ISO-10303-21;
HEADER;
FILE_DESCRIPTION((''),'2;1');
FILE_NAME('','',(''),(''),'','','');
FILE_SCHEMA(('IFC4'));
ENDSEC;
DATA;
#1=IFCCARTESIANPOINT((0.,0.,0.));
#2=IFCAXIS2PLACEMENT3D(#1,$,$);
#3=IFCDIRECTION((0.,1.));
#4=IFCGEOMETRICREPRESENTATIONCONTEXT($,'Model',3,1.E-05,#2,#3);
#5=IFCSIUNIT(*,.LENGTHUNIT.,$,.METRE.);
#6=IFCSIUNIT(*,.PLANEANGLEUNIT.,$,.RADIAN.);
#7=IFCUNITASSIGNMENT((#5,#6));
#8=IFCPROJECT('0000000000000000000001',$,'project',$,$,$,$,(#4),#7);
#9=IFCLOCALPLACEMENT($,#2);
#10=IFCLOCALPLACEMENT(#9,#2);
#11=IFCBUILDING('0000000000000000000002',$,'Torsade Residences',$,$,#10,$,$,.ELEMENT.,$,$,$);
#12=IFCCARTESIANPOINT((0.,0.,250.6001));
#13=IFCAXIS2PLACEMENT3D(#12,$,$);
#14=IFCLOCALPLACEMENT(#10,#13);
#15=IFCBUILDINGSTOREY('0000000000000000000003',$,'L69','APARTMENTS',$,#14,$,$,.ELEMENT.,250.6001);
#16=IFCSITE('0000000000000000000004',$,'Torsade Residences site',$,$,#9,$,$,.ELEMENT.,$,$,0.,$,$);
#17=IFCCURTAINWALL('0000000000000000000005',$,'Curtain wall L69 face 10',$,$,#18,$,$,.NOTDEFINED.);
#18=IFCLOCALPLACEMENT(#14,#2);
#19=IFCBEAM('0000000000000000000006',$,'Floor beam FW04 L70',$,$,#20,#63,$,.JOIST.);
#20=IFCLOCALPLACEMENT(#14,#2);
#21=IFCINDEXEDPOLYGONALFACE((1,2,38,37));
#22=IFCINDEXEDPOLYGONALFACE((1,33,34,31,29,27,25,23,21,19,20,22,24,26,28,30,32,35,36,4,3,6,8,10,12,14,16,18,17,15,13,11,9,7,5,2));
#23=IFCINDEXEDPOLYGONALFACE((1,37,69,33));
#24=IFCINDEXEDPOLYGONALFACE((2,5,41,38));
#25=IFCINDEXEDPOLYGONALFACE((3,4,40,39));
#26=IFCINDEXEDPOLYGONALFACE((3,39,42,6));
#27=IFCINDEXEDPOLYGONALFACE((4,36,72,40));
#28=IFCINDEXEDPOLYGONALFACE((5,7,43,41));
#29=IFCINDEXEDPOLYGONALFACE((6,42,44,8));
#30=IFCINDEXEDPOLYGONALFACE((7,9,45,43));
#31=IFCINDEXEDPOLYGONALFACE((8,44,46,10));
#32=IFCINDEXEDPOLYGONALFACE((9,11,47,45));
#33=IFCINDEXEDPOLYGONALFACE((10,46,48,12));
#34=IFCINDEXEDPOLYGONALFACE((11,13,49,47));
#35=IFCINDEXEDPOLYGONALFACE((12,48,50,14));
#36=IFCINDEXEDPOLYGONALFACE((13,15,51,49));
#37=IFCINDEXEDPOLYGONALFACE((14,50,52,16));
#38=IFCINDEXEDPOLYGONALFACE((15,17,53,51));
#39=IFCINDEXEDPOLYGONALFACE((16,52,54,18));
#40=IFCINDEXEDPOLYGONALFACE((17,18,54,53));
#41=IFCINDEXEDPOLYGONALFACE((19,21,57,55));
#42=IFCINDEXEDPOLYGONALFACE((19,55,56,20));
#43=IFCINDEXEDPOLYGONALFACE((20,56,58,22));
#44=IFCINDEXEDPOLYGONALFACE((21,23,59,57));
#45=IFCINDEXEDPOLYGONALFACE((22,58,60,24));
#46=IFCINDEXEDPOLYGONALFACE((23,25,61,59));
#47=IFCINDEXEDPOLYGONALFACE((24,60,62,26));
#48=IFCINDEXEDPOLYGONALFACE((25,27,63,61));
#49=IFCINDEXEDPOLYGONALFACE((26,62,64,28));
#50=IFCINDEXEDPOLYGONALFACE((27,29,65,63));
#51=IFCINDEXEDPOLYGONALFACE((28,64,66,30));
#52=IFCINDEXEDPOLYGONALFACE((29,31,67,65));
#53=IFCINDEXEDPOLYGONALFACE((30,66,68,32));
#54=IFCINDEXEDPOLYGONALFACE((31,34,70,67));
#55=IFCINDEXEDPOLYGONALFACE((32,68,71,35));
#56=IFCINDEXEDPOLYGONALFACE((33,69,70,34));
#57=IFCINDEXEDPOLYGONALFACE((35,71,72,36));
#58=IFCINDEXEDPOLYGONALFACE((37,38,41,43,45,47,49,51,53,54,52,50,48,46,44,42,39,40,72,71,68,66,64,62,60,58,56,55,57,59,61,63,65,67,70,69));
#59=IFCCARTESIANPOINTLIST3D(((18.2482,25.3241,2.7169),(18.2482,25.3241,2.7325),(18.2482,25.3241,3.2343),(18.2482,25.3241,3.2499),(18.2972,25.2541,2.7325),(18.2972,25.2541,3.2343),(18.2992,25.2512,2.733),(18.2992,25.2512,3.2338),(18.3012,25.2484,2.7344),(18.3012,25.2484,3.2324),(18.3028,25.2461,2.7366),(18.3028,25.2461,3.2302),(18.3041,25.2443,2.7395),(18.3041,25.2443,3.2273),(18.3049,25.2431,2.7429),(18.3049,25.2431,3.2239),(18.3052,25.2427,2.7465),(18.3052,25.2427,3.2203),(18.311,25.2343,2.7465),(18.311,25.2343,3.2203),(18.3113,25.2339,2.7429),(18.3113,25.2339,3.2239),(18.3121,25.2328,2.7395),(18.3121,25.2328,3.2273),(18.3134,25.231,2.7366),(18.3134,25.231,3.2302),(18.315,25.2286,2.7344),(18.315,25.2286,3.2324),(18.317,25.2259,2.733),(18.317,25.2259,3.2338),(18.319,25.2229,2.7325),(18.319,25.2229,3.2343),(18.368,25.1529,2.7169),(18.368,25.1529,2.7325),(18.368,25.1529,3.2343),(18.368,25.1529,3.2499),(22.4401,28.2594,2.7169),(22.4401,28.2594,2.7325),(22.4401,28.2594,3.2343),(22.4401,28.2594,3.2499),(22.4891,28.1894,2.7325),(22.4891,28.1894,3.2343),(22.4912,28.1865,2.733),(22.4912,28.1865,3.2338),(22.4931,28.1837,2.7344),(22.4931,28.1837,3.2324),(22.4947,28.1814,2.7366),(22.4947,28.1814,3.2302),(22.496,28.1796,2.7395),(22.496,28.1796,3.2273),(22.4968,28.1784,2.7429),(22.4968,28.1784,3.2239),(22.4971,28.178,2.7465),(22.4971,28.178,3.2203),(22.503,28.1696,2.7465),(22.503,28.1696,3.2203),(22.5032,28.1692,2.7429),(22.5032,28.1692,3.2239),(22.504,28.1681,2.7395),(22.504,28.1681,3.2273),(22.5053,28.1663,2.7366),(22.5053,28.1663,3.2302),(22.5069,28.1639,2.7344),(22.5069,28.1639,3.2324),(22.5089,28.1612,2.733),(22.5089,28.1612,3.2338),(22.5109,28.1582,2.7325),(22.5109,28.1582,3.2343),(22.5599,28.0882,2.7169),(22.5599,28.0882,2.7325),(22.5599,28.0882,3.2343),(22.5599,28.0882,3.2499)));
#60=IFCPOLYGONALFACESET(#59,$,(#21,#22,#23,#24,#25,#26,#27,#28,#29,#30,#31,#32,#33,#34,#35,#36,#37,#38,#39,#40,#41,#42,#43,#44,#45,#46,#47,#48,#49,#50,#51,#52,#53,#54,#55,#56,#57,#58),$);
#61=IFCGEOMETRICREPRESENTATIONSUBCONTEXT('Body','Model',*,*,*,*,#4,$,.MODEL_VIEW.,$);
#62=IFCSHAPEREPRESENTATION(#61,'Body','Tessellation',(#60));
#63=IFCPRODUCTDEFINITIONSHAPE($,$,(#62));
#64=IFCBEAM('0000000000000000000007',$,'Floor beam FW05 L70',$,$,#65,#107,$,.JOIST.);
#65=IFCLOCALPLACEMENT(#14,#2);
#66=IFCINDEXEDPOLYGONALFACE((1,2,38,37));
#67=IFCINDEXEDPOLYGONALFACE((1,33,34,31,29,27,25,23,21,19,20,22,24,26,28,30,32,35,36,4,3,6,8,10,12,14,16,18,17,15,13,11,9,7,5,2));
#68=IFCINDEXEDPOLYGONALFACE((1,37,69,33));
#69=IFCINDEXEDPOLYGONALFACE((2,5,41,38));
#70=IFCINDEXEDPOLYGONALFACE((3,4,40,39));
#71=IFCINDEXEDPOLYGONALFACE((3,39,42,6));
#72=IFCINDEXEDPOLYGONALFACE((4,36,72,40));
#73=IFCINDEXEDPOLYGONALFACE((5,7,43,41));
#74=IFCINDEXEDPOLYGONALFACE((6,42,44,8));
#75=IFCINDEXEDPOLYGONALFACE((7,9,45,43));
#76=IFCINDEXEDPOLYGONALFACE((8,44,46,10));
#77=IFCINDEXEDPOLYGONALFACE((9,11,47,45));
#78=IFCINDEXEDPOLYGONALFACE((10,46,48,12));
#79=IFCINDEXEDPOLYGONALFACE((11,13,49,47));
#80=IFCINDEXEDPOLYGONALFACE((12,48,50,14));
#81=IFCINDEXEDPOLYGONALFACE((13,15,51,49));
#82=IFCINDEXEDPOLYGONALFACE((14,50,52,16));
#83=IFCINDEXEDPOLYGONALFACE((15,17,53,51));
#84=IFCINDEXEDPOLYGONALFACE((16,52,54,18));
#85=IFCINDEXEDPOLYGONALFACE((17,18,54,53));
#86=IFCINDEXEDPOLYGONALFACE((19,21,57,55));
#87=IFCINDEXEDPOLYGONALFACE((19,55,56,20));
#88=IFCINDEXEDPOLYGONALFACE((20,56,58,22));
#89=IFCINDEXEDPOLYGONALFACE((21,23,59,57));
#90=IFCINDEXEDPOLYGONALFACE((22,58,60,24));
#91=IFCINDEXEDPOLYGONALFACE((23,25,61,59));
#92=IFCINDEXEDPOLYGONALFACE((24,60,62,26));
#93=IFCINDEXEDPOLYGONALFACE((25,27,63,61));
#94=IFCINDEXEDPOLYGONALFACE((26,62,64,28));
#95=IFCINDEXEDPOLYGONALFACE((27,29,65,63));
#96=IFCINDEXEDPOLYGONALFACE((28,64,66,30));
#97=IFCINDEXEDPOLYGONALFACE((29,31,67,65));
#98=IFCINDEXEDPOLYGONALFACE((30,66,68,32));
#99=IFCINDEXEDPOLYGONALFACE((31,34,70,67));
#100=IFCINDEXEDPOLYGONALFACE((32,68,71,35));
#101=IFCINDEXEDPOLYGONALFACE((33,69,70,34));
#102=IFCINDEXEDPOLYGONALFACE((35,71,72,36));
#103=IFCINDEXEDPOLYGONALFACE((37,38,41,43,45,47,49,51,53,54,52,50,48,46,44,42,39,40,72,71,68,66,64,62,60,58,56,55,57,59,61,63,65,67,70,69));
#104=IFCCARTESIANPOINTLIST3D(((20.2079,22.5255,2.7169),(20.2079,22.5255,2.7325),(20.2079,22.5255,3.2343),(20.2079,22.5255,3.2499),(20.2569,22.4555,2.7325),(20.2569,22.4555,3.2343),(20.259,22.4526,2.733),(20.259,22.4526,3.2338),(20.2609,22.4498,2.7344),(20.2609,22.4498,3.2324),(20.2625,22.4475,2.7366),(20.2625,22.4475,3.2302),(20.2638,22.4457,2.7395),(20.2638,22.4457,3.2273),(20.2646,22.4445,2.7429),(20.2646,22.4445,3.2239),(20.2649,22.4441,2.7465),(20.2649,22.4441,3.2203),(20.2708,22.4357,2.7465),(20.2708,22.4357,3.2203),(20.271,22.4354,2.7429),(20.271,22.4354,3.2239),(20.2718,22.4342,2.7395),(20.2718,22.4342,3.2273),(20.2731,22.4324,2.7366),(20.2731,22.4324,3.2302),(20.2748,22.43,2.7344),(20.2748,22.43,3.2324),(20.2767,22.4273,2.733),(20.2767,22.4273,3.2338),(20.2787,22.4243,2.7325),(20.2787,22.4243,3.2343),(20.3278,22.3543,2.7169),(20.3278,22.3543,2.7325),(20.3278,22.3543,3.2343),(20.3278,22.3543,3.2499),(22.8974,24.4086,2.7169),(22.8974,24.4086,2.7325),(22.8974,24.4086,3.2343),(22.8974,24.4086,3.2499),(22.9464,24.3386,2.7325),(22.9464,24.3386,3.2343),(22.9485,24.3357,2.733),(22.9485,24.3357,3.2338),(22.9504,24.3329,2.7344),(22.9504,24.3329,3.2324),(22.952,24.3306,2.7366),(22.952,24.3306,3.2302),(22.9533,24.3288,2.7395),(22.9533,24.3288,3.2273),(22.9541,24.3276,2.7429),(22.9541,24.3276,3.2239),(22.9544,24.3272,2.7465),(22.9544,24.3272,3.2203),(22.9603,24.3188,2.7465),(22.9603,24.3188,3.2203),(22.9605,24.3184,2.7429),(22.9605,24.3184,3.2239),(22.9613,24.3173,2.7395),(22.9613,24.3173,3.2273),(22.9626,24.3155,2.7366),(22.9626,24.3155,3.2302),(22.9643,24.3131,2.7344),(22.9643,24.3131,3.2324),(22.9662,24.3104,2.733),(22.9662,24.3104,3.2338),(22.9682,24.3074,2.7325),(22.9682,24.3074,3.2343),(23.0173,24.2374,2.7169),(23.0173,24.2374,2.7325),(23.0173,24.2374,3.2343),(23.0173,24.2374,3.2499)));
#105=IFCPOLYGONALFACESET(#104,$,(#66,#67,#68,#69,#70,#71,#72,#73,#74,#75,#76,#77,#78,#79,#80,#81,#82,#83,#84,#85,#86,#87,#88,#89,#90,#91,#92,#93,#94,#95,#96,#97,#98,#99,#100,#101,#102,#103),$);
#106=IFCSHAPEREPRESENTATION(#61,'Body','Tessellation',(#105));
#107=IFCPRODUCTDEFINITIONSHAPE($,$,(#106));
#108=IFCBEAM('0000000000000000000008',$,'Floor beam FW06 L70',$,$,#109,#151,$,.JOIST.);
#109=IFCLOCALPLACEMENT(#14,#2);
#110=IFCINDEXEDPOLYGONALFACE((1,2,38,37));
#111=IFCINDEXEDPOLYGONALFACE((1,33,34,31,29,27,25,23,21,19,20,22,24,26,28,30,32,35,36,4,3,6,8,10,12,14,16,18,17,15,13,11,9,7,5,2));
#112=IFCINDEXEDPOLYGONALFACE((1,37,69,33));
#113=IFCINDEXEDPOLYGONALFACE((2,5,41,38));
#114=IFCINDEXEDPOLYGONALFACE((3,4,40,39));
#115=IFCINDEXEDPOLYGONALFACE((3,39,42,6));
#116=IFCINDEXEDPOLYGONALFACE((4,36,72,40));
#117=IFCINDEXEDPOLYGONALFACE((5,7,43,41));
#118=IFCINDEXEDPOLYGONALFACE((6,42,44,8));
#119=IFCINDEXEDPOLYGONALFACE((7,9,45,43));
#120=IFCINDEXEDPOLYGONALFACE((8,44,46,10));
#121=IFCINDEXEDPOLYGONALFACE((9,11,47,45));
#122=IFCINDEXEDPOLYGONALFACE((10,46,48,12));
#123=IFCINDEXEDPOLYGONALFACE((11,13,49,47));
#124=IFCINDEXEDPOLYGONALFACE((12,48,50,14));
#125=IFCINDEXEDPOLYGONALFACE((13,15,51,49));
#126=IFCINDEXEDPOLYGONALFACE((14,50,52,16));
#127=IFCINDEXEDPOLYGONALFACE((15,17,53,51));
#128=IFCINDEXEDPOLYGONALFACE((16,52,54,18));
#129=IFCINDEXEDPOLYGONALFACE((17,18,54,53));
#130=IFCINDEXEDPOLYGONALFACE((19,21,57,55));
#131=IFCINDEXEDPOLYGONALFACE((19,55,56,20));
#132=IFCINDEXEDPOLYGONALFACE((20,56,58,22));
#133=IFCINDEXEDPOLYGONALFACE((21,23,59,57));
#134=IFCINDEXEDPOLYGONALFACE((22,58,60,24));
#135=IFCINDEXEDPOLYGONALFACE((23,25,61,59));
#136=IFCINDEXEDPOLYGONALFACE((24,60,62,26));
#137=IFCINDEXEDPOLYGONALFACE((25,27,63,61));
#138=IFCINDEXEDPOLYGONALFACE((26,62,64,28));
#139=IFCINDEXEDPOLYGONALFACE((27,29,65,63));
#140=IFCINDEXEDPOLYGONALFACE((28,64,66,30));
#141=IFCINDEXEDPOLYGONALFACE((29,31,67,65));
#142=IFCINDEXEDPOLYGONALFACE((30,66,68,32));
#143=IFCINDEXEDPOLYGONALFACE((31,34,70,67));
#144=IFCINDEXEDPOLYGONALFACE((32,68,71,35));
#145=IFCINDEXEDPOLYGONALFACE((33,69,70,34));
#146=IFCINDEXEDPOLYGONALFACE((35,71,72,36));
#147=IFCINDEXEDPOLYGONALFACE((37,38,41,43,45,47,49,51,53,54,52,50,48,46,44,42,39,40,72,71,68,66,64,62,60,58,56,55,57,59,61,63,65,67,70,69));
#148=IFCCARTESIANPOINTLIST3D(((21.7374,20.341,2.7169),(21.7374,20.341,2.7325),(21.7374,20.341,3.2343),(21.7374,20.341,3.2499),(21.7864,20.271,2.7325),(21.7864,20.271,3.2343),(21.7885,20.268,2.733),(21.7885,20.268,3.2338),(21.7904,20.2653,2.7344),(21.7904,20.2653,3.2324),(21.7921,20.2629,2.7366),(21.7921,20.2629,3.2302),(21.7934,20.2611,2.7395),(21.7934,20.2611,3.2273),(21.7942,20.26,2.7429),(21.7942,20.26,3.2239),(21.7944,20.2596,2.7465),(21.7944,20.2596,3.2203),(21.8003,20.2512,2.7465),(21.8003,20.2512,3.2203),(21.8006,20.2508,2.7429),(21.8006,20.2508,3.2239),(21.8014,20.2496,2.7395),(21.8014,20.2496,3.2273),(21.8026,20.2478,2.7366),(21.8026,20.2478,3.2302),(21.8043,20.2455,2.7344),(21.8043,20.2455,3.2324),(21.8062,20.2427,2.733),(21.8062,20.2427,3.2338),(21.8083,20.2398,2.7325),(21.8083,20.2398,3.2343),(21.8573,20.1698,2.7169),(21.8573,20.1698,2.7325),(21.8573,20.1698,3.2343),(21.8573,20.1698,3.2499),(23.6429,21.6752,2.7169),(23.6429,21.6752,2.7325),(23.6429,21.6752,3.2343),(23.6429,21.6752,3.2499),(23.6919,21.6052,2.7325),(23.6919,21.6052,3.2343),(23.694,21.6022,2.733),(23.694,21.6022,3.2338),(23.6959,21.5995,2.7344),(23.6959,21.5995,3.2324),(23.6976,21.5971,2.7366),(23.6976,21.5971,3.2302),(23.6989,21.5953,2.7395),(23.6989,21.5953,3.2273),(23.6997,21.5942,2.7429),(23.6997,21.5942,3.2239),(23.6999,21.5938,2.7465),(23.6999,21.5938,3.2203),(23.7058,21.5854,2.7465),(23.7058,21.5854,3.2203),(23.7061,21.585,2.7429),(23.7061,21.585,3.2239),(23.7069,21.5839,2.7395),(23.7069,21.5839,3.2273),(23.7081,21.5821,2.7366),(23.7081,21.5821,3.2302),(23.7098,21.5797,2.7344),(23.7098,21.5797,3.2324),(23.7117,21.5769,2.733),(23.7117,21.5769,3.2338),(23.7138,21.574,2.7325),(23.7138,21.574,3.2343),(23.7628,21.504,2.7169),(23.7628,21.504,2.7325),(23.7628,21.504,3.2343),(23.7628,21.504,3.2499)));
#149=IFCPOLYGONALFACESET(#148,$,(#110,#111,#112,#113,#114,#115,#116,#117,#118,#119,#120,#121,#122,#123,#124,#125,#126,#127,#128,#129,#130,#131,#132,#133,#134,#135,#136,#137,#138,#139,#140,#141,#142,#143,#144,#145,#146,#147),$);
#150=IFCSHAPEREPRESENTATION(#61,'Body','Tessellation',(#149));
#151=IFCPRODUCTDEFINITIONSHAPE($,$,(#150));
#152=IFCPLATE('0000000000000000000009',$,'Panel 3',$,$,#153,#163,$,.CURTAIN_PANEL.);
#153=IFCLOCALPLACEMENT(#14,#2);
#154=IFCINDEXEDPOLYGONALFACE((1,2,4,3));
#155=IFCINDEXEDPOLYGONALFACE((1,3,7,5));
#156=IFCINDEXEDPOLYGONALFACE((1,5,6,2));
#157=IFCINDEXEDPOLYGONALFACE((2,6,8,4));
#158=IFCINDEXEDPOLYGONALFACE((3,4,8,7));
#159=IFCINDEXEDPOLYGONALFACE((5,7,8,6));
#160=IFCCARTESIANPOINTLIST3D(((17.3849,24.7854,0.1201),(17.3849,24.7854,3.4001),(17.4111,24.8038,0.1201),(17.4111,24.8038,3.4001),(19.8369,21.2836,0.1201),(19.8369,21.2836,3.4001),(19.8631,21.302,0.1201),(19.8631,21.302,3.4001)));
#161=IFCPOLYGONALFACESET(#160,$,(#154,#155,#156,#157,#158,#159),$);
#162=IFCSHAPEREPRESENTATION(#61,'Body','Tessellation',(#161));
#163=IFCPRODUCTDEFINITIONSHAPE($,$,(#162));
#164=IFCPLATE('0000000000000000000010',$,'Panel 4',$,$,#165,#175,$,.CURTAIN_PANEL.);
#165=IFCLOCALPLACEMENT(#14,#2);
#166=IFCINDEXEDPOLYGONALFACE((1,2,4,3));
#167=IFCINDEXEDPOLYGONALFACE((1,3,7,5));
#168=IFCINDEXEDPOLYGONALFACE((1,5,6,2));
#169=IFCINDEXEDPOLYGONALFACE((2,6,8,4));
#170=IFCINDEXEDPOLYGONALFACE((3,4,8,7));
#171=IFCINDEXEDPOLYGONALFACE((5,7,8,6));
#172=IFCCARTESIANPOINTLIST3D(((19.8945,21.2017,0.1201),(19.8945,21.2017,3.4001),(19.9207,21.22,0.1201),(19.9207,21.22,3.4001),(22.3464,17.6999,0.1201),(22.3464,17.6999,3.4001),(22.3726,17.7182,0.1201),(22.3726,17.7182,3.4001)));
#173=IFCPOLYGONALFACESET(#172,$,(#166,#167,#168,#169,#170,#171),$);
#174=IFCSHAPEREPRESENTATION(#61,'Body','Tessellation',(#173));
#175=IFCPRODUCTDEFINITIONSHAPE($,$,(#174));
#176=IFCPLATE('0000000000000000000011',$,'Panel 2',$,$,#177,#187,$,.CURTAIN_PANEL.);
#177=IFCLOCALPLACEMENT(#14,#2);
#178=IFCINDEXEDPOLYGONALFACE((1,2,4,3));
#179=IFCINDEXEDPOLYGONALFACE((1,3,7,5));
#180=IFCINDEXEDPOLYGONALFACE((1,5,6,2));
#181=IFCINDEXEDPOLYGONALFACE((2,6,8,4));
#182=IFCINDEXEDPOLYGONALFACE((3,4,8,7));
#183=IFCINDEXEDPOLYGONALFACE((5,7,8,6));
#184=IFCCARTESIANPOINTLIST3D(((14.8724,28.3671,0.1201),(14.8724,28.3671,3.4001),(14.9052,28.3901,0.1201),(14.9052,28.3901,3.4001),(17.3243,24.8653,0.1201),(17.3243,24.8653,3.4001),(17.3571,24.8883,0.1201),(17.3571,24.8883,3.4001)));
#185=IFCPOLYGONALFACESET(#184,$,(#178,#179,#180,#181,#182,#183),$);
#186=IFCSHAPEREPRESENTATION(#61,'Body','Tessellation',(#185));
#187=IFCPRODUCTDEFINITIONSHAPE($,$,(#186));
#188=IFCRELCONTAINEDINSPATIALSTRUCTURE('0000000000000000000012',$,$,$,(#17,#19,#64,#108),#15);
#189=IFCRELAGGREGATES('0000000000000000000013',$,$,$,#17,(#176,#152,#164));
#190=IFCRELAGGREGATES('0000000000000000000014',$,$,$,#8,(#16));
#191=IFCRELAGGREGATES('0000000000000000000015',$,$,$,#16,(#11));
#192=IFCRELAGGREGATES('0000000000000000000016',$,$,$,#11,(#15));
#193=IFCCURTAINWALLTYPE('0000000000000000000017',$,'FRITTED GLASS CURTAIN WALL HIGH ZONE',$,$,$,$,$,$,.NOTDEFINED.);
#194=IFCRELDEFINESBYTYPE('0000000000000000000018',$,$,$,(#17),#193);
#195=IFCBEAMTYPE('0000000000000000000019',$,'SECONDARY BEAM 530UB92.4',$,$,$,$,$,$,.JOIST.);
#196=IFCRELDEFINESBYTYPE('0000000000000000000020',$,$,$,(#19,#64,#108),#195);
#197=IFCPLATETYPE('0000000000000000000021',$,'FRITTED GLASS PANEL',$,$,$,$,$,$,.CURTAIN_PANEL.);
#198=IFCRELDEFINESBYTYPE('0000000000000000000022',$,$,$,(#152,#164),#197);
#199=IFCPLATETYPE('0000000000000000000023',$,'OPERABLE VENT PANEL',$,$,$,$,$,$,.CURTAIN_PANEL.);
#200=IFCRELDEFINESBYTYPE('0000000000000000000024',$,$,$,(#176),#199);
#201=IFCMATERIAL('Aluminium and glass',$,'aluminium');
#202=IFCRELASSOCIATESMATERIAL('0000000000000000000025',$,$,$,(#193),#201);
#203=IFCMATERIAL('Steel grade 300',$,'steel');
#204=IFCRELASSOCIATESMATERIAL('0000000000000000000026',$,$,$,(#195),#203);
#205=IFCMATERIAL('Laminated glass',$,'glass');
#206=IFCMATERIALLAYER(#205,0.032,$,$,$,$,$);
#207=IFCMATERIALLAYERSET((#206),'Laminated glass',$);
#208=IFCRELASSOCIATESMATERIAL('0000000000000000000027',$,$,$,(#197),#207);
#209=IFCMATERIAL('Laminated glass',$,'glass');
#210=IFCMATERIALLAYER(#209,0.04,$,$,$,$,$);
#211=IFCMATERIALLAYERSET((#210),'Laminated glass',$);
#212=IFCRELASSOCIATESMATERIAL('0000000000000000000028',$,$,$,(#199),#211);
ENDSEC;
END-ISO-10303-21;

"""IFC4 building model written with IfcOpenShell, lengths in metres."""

from ifc_helpers import new_model, si_unit, direction, frame, origin, origin_2d, place, context, subcontext, project, spatial, rectangle, i_section, extrude, material, layer, layer_set, material_profile, profile_set, type_object, element, aggregate, save


model = new_model("IFC4")

# Units and contexts
model_context = context("Model", 3, precision=1e-05, world=origin(), true_north=direction((0.0, 1.0)))
body_context = subcontext(model_context, "Body", "Model", "MODEL_VIEW")
ifc_project = project(units=[si_unit("LENGTHUNIT", "METRE"), si_unit("PLANEANGLEUNIT", "RADIAN")], contexts=[model_context])

# Site, building, storey
site_placement = place(None, origin())
site = spatial("IfcSite", under=ifc_project, at=site_placement, Name="Torsade Residences site", CompositionType="ELEMENT", RefElevation=0.0)
building_placement = place(site_placement, origin())
building = spatial("IfcBuilding", under=site, at=building_placement, Name="Torsade Residences", CompositionType="ELEMENT")
storey_placement = place(building_placement, frame((0.0, 0.0, 250.6001)))
storey = spatial("IfcBuildingStorey", under=building, at=storey_placement, Name="L69", Description="APARTMENTS", CompositionType="ELEMENT", Elevation=250.6001)

# Curtain wall
ifc_material_1 = material(Name="Aluminium and glass", Category="aluminium")
curtain_wall_type = type_object("IfcCurtainWallType", Name="FRITTED GLASS CURTAIN WALL HIGH ZONE", PredefinedType="NOTDEFINED", material=ifc_material_1)
curtain_wall_placement = place(storey_placement, origin())
curtain_wall = element("IfcCurtainWall", 1, at=curtain_wall_placement, inside=storey, type_object=curtain_wall_type, Name="Curtain wall L69 face 10", PredefinedType="NOTDEFINED")

# Beams
ifc_material_2 = material(Name="Steel grade 300", Category="steel")
ifc_material_profile_1 = material_profile(ifc_material_2, i_section(OverallWidth=0.209, OverallDepth=0.533, WebThickness=0.0103, FlangeThickness=0.0156, FilletRadius=0.0139, at=origin_2d()), Name="530UB92.4")
ifc_profile_set_1 = profile_set([ifc_material_profile_1], Name="Steel grade 300")
beam_type_1 = type_object("IfcBeamType", Name="SECONDARY BEAM 530UB92.4", PredefinedType="JOIST", material=ifc_profile_set_1)
beam_1_placement = place(storey_placement, frame((18.3081, 25.2385, 2.9834), z_axis=(0.819142, 0.57359, 0.0), x_axis=(-0.57359, 0.819142, 0.0)))
element("IfcBeam", 2, at=beam_1_placement, inside=storey, type_object=beam_type_1, Name="Floor beam FW04 L70", PredefinedType="JOIST", context=body_context, shape_type="SweptSolid", body=[
    extrude(i_section(OverallWidth=0.209, OverallDepth=0.533, WebThickness=0.0103, FlangeThickness=0.0156, FilletRadius=0.0139, at=origin_2d()), origin(), (0.0, 0.0, 1.0), 5.1174),
])
beam_2_placement = place(storey_placement, frame((20.2678, 22.4399, 2.9834), z_axis=(0.819169, 0.573552, 0.0), x_axis=(-0.573552, 0.819169, 0.0)))
element("IfcBeam", 3, at=beam_2_placement, inside=storey, type_object=beam_type_1, Name="Floor beam FW05 L70", PredefinedType="JOIST", context=body_context, shape_type="SweptSolid", body=[
    extrude(i_section(OverallWidth=0.209, OverallDepth=0.533, WebThickness=0.0103, FlangeThickness=0.0156, FilletRadius=0.0139, at=origin_2d()), origin(), (0.0, 0.0, 1.0), 3.2832),
])
beam_3_placement = place(storey_placement, frame((21.7974, 20.2554, 2.9834), z_axis=(0.819158, 0.573568, 0.0), x_axis=(-0.573568, 0.819158, 0.0)))
element("IfcBeam", 4, at=beam_3_placement, inside=storey, type_object=beam_type_1, Name="Floor beam FW06 L70", PredefinedType="JOIST", context=body_context, shape_type="SweptSolid", body=[
    extrude(i_section(OverallWidth=0.209, OverallDepth=0.533, WebThickness=0.0103, FlangeThickness=0.0156, FilletRadius=0.0139, at=origin_2d()), origin(), (0.0, 0.0, 1.0), 2.3262),
])

# Plates
ifc_material_3 = material(Name="Laminated glass", Category="glass")
ifc_layer_1 = layer(ifc_material_3, 0.032)
ifc_layer_set_1 = layer_set([ifc_layer_1], Name="Laminated glass")
plate_type_1 = type_object("IfcPlateType", Name="FRITTED GLASS PANEL", PredefinedType="CURTAIN_PANEL", material=ifc_layer_set_1)
plate_1_placement = place(storey_placement, frame((18.624, 23.0437, 0.1201), z_axis=(0.0, 0.0, 1.0), x_axis=(0.573576, -0.819152, 0.0)))
plate_1 = element("IfcPlate", 5, at=plate_1_placement, type_object=plate_type_1, Name="Panel 3", PredefinedType="CURTAIN_PANEL", context=body_context, shape_type="SweptSolid", body=[
    extrude(rectangle(XDim=4.2749, YDim=0.032, at=origin_2d()), origin(), (0.0, 0.0, 1.0), 3.28),
])
plate_2_placement = place(storey_placement, frame((21.1335, 19.46, 0.1201), z_axis=(0.0, 0.0, 1.0), x_axis=(0.573576, -0.819152, 0.0)))
plate_2 = element("IfcPlate", 6, at=plate_2_placement, type_object=plate_type_1, Name="Panel 4", PredefinedType="CURTAIN_PANEL", context=body_context, shape_type="SweptSolid", body=[
    extrude(rectangle(XDim=4.2749, YDim=0.032, at=origin_2d()), origin(), (0.0, 0.0, 1.0), 3.28),
])
ifc_material_4 = material(Name="Laminated glass", Category="glass")
ifc_layer_2 = layer(ifc_material_4, 0.04)
ifc_layer_set_2 = layer_set([ifc_layer_2], Name="Laminated glass")
plate_type_2 = type_object("IfcPlateType", Name="OPERABLE VENT PANEL", PredefinedType="CURTAIN_PANEL", material=ifc_layer_set_2)
plate_3_placement = place(storey_placement, frame((16.1147, 26.6277, 0.1201), z_axis=(0.0, 0.0, 1.0), x_axis=(0.573576, -0.819152, 0.0)))
plate_3 = element("IfcPlate", 7, at=plate_3_placement, type_object=plate_type_2, Name="Panel 2", PredefinedType="CURTAIN_PANEL", context=body_context, shape_type="SweptSolid", body=[
    extrude(rectangle(XDim=4.2749, YDim=0.04, at=origin_2d()), origin(), (0.0, 0.0, 1.0), 3.28),
])
aggregate(curtain_wall, [plate_3, plate_1, plate_2])

save(model, "model.ifc")
